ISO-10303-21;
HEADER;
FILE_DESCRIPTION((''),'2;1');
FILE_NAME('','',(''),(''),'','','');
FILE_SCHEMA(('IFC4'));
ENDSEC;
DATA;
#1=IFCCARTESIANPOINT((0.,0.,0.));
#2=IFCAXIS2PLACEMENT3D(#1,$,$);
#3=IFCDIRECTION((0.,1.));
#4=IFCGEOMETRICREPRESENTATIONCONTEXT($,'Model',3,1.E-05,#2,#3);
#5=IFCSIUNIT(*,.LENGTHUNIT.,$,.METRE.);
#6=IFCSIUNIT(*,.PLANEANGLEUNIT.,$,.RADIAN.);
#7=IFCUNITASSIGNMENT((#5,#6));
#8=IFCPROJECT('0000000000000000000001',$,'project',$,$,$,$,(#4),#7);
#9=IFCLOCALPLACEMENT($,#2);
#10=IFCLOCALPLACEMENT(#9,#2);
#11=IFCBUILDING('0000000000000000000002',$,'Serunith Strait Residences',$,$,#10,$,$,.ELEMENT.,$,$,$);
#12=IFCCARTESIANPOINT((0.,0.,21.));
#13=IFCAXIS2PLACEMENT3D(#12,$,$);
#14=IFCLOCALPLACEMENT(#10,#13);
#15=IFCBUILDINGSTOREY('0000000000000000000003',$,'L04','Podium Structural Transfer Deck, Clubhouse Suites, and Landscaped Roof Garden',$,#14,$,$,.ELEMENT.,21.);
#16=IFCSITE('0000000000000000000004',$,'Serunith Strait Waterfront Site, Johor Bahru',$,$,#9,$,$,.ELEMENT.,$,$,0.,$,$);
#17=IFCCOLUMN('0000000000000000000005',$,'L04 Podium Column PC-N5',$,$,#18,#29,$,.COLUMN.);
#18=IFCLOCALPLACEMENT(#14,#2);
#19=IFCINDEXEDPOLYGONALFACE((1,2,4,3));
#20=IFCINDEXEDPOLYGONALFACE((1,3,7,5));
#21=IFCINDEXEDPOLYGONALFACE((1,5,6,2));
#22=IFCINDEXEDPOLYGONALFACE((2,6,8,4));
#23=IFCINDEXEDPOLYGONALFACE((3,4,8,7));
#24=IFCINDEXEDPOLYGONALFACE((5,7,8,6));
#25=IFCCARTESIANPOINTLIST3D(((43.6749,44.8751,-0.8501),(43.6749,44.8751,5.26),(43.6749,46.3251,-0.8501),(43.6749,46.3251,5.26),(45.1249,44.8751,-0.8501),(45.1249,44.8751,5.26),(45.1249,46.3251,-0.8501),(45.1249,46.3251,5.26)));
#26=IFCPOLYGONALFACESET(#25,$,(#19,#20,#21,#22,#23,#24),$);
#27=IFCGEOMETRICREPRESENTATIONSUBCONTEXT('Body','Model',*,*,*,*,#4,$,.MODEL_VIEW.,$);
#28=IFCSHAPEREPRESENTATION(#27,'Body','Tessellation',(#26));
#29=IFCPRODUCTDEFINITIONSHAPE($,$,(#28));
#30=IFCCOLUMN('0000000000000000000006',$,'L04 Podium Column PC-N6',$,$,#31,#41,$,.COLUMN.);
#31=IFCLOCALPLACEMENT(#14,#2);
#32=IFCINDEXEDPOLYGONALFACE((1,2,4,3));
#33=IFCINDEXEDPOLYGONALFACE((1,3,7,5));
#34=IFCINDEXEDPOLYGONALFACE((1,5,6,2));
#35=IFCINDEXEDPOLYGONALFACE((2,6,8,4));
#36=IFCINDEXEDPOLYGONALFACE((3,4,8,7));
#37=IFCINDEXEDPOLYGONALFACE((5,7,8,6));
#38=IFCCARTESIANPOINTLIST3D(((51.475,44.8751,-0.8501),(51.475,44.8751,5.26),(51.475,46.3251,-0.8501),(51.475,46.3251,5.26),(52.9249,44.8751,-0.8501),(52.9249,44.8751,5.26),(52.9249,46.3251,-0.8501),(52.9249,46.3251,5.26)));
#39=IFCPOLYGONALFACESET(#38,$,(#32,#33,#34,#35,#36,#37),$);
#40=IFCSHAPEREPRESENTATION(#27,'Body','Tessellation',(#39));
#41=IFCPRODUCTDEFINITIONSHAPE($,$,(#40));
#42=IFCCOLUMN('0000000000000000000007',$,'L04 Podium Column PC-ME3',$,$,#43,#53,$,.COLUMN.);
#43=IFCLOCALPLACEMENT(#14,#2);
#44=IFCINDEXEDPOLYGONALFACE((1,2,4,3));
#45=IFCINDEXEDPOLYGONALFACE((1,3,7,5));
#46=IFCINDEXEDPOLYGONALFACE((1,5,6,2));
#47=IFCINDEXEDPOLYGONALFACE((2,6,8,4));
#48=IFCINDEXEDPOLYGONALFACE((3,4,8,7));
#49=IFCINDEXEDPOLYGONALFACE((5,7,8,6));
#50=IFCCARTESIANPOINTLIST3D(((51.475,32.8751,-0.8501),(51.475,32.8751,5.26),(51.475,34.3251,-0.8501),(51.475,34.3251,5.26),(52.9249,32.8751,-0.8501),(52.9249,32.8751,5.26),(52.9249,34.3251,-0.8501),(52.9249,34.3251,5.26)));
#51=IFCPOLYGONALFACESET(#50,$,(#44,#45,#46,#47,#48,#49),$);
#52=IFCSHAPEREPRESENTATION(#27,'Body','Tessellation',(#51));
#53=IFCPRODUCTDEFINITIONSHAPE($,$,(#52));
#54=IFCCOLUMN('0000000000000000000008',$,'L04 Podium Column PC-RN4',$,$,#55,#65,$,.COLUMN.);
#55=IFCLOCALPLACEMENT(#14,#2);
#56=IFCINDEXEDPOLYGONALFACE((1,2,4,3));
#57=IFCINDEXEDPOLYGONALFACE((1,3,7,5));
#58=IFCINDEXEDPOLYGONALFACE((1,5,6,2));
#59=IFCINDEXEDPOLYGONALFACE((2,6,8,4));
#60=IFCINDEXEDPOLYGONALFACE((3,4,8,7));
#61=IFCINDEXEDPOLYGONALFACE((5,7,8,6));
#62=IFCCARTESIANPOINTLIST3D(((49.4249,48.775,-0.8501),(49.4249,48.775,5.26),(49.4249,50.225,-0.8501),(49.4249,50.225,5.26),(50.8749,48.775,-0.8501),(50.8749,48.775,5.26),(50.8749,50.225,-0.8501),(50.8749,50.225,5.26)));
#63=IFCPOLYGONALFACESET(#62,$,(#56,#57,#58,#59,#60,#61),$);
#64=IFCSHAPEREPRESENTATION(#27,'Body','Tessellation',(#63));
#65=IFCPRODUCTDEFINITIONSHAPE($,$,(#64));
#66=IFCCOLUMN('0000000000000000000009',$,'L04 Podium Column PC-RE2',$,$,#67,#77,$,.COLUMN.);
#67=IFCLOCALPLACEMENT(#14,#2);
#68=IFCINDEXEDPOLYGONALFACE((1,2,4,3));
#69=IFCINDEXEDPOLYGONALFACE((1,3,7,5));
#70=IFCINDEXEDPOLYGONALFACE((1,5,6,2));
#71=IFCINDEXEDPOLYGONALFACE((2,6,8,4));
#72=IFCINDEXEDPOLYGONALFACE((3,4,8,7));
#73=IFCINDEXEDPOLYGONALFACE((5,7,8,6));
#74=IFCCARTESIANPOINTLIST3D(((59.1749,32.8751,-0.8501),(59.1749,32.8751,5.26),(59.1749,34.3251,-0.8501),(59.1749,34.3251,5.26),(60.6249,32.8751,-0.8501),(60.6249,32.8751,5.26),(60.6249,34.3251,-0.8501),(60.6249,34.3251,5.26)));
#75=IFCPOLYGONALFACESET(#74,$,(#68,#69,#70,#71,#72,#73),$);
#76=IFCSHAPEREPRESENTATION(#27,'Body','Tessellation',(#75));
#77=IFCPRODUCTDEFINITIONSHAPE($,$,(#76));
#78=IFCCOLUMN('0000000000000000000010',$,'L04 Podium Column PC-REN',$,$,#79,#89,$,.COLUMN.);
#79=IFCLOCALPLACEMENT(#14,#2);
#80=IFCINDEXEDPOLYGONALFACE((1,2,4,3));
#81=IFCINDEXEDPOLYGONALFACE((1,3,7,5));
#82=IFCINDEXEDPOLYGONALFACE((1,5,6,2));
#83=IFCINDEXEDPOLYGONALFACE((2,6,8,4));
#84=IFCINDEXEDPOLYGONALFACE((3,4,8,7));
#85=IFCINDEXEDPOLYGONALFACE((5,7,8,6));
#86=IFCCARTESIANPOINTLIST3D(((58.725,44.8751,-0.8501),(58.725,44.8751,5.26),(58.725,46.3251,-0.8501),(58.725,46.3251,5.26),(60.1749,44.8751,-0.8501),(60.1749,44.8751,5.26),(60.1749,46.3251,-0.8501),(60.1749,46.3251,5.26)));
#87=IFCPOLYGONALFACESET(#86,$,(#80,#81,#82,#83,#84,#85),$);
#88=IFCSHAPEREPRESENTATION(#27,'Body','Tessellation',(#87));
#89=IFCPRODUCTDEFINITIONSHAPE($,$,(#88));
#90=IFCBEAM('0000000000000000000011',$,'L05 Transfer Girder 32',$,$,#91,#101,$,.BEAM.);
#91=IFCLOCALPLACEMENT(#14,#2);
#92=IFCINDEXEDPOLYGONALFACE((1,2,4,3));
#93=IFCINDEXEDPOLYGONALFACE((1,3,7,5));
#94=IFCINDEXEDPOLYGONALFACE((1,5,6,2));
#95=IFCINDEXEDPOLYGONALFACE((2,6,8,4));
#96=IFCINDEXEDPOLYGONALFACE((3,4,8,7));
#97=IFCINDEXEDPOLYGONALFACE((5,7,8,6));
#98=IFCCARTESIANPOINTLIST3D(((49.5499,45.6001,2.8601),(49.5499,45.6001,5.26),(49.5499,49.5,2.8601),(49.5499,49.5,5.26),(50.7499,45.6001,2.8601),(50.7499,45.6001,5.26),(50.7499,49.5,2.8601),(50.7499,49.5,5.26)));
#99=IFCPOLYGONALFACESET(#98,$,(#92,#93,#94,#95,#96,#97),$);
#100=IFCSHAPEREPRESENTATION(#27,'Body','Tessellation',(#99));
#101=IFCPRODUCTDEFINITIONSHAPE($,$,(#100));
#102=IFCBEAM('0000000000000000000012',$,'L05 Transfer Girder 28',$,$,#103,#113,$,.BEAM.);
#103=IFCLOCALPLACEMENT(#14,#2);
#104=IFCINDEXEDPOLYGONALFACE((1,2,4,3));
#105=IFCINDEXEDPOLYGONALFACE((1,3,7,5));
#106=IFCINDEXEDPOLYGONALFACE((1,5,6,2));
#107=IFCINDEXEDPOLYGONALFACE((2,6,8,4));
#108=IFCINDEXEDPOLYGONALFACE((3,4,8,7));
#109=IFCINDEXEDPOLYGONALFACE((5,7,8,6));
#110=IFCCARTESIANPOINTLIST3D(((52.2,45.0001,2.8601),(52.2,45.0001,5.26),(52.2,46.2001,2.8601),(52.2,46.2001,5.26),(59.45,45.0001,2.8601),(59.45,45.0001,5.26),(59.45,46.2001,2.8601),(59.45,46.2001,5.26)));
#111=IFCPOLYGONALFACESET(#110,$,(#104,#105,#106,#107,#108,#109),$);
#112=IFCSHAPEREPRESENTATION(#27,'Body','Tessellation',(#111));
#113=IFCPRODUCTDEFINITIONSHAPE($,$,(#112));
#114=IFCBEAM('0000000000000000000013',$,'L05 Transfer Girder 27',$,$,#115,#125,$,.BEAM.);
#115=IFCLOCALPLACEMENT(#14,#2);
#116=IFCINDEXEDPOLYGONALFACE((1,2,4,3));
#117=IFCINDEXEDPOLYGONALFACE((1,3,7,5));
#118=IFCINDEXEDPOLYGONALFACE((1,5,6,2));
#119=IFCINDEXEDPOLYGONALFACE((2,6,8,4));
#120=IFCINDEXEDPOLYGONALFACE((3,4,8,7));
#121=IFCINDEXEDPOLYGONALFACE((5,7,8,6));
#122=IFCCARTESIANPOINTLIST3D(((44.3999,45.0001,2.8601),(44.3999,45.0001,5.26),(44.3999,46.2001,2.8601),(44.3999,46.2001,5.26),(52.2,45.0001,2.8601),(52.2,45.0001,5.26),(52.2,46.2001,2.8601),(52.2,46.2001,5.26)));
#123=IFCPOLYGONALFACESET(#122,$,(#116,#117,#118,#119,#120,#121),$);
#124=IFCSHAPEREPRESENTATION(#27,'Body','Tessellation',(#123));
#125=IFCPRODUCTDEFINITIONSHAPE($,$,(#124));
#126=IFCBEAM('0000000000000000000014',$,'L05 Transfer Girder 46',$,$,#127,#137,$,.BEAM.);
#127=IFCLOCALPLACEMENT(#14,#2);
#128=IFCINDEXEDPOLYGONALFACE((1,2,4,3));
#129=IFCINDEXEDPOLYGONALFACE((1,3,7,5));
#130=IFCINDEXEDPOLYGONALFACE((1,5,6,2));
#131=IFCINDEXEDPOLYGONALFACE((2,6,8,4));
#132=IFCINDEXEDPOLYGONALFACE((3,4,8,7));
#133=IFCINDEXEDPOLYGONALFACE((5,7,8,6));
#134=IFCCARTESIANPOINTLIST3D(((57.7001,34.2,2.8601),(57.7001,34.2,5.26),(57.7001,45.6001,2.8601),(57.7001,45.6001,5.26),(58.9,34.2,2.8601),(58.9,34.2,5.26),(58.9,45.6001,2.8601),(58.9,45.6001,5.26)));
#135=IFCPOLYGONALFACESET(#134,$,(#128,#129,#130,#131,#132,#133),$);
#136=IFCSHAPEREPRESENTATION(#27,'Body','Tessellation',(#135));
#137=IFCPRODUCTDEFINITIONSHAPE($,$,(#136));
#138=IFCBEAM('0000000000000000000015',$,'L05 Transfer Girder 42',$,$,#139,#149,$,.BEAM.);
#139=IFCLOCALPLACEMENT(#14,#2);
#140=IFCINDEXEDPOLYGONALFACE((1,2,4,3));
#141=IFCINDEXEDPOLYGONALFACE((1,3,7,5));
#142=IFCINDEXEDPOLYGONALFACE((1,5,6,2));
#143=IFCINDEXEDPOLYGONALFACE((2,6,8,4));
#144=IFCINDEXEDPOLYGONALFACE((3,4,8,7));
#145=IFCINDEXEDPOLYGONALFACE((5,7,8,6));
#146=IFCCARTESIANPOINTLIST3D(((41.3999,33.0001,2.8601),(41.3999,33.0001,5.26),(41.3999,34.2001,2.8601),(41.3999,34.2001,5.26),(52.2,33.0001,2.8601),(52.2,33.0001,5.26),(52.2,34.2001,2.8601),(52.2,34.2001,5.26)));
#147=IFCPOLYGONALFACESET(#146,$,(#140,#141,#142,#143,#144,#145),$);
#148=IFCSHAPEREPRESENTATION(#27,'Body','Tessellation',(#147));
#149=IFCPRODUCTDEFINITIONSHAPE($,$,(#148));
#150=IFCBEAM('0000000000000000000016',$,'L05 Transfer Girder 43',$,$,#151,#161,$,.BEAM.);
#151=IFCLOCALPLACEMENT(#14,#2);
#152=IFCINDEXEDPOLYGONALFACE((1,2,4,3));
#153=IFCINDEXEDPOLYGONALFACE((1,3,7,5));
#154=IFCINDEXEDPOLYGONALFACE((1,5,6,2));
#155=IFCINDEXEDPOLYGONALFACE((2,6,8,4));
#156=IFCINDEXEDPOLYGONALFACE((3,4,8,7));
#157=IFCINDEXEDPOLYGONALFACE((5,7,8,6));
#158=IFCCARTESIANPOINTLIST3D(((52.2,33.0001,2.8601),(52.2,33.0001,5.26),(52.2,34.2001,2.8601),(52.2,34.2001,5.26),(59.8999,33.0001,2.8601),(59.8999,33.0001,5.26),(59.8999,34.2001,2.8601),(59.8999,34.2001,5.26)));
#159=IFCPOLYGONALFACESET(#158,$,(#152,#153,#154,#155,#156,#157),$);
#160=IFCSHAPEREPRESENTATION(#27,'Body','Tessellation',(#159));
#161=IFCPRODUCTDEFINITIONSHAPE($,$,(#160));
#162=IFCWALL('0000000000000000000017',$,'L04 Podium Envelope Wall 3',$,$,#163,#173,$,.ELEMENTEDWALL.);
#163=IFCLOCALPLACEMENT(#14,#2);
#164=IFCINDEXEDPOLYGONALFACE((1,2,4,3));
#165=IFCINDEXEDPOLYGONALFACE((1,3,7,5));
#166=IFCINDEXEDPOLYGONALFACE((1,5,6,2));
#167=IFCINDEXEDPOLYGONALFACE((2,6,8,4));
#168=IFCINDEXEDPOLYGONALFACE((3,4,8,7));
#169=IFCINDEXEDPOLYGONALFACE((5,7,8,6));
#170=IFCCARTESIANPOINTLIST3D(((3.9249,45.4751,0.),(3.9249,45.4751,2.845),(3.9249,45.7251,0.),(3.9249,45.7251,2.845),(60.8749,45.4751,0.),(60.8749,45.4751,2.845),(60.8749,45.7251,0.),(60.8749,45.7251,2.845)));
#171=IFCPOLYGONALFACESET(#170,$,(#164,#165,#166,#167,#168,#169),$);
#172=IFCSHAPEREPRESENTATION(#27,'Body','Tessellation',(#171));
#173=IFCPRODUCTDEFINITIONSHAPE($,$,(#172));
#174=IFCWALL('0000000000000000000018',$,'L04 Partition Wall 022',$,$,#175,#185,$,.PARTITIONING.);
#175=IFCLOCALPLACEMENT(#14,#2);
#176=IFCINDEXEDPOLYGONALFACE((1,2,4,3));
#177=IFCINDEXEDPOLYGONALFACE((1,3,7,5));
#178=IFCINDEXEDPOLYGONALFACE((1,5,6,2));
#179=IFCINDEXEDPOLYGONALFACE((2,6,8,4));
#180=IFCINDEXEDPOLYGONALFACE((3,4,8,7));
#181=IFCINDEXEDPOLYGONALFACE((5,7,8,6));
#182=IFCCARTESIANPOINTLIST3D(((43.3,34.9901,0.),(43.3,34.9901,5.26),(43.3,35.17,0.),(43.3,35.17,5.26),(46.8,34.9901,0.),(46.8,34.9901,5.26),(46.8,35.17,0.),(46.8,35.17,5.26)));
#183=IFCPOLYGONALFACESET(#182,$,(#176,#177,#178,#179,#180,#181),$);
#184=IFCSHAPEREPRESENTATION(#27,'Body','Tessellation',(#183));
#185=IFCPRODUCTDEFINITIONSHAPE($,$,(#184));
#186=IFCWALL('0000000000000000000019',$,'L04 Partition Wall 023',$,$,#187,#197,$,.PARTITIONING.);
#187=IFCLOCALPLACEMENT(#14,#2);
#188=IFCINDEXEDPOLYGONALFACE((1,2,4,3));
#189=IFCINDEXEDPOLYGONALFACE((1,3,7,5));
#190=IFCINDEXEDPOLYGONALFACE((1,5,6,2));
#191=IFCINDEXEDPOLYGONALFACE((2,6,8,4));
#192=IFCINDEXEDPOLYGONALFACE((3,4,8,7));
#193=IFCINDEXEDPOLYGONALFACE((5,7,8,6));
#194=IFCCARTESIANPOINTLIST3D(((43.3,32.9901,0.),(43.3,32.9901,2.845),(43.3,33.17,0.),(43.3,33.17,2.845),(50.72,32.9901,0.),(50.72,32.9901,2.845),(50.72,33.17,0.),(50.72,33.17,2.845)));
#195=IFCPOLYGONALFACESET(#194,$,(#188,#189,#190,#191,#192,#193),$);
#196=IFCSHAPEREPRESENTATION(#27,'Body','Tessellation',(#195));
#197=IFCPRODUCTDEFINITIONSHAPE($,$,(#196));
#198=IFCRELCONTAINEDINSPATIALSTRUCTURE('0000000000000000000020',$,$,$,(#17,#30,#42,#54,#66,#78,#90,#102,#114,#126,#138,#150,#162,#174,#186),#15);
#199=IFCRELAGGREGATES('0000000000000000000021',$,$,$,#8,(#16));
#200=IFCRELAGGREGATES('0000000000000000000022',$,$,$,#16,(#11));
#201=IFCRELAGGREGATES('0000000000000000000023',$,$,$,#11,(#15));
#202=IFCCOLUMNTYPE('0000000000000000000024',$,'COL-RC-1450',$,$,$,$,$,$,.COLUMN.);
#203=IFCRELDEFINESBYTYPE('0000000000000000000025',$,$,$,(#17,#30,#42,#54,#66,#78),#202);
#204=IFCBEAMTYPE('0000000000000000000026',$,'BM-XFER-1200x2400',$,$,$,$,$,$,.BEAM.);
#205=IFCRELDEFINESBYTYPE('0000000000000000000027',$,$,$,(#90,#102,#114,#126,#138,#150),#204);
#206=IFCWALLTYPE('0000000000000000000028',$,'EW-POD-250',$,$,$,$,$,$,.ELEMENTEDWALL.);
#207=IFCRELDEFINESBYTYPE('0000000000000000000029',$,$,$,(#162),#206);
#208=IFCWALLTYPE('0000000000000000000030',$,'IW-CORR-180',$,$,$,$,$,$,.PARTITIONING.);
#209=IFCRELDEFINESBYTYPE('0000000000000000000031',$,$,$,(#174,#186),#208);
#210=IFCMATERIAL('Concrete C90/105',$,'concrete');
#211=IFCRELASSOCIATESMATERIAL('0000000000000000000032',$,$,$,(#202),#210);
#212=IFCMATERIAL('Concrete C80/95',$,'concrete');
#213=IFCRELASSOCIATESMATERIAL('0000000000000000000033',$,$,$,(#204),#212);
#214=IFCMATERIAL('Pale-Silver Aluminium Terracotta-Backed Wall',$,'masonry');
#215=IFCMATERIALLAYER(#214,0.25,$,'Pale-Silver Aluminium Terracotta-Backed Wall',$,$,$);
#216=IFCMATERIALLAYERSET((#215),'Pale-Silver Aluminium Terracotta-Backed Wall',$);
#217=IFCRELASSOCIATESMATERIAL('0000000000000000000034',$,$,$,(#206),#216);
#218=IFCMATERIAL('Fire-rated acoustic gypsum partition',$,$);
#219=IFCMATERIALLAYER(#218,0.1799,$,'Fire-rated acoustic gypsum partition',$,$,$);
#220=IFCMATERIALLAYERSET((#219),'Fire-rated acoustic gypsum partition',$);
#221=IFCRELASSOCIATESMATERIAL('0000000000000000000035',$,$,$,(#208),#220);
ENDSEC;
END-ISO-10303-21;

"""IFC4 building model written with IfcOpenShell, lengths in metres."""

from ifc_helpers import new_model, si_unit, direction, frame, frame_2d, origin, origin_2d, place, context, subcontext, project, spatial, rectangle, extrude, source, transform, mapped, material, layer, layer_set, material_profile, profile_set, type_object, element, save


model = new_model("IFC4")

# Units and contexts
model_context = context("Model", 3, precision=1e-05, world=origin(), true_north=direction((0.0, 1.0)))
body_context = subcontext(model_context, "Body", "Model", "MODEL_VIEW")
ifc_project = project(units=[si_unit("LENGTHUNIT", "METRE"), si_unit("PLANEANGLEUNIT", "RADIAN")], contexts=[model_context])

# Site, building, storey
site_placement = place(None, origin())
site = spatial("IfcSite", under=ifc_project, at=site_placement, Name="Serunith Strait Waterfront Site, Johor Bahru", CompositionType="ELEMENT", RefElevation=0.0)
building_placement = place(site_placement, origin())
building = spatial("IfcBuilding", under=site, at=building_placement, Name="Serunith Strait Residences", CompositionType="ELEMENT")
storey_placement = place(building_placement, frame((0.0, 0.0, 21.0)))
storey = spatial("IfcBuildingStorey", under=building, at=storey_placement, Name="L04", Description="Podium Structural Transfer Deck, Clubhouse Suites, and Landscaped Roof Garden", CompositionType="ELEMENT", Elevation=21.0)

# Columns
ifc_material_1 = material(Name="Concrete C90/105", Category="concrete")
ifc_material_profile_1 = material_profile(ifc_material_1, rectangle(XDim=1.45, YDim=1.45, at=origin_2d()), Name="RC 1450x1450")
ifc_profile_set_1 = profile_set([ifc_material_profile_1], Name="Concrete C90/105")
column_type = type_object("IfcColumnType", Name="COL-RC-1450", PredefinedType="COLUMN", material=ifc_profile_set_1)
shared_shape_1 = source(origin(), body_context, "Body", "SweptSolid", [
    extrude(rectangle(XDim=1.45, YDim=1.45, at=origin_2d()), origin(), (0.0, 0.0, 1.0), 6.1101),
])
for number, where, z_axis, x_axis, name in (
    (1, (44.3999, 45.6001, -0.8501), (0.0, 0.0, 1.0), (1.0, 0.0, 0.0), "L04 Podium Column PC-N5"),
    (2, (52.2, 45.6001, -0.8501), (0.0, 0.0, 1.0), (1.0, 0.0, 0.0), "L04 Podium Column PC-N6"),
    (3, (52.2, 33.6001, -0.8501), (0.0, 0.0, 1.0), (1.0, 0.0, 0.0), "L04 Podium Column PC-ME3"),
    (4, (50.1499, 49.5, -0.8501), (0.0, 0.0, 1.0), (1.0, 0.0, 0.0), "L04 Podium Column PC-RN4"),
    (5, (59.8999, 33.6001, -0.8501), (0.0, 0.0, 1.0), (1.0, 0.0, 0.0), "L04 Podium Column PC-RE2"),
    (6, (59.45, 45.6001, -0.8501), (0.0, 0.0, 1.0), (1.0, 0.0, 0.0), "L04 Podium Column PC-REN"),
):
    element("IfcColumn", number, at=place(storey_placement, frame(where, z_axis=z_axis, x_axis=x_axis)), inside=storey, type_object=column_type, Name=name, PredefinedType="COLUMN", context=body_context, shape_type="MappedRepresentation", body=[
        mapped(shared_shape_1, transform((0.0, 0.0, 0.0), scale=1.0)),
    ])

# Beams
ifc_material_2 = material(Name="Concrete C80/95", Category="concrete")
ifc_material_profile_2 = material_profile(ifc_material_2, rectangle(XDim=1.2, YDim=2.3999, at=origin_2d()), Name="RC 1200x2400")
ifc_profile_set_2 = profile_set([ifc_material_profile_2], Name="Concrete C80/95")
beam_type = type_object("IfcBeamType", Name="BM-XFER-1200x2400", PredefinedType="BEAM", material=ifc_profile_set_2)
shared_shape_2 = source(origin(), body_context, "Body", "SweptSolid", [
    extrude(rectangle(XDim=1.2, YDim=2.3999, at=origin_2d()), origin(), (0.0, 0.0, 1.0), 3.8999),
])
beam_1_placement = place(storey_placement, frame((50.1499, 45.6001, 4.0601), z_axis=(0.0, 1.0, 0.0), x_axis=(-1.0, 0.0, 0.0)))
element("IfcBeam", 7, at=beam_1_placement, inside=storey, type_object=beam_type, Name="L05 Transfer Girder 32", PredefinedType="BEAM", context=body_context, shape_type="MappedRepresentation", body=[
    mapped(shared_shape_2, transform((0.0, 0.0, 0.0), scale=1.0)),
])
shared_shape_3 = source(origin(), body_context, "Body", "SweptSolid", [
    extrude(rectangle(XDim=1.2, YDim=2.3999, at=origin_2d()), origin(), (0.0, 0.0, 1.0), 7.25),
])
beam_2_placement = place(storey_placement, frame((52.2, 45.6001, 4.0601), z_axis=(1.0, 0.0, 0.0), x_axis=(0.0, 1.0, 0.0)))
element("IfcBeam", 8, at=beam_2_placement, inside=storey, type_object=beam_type, Name="L05 Transfer Girder 28", PredefinedType="BEAM", context=body_context, shape_type="MappedRepresentation", body=[
    mapped(shared_shape_3, transform((0.0, 0.0, 0.0), scale=1.0)),
])
shared_shape_4 = source(origin(), body_context, "Body", "SweptSolid", [
    extrude(rectangle(XDim=1.2, YDim=2.3999, at=origin_2d()), origin(), (0.0, 0.0, 1.0), 7.8),
])
beam_3_placement = place(storey_placement, frame((44.3999, 45.6001, 4.0601), z_axis=(1.0, 0.0, 0.0), x_axis=(0.0, 1.0, 0.0)))
element("IfcBeam", 9, at=beam_3_placement, inside=storey, type_object=beam_type, Name="L05 Transfer Girder 27", PredefinedType="BEAM", context=body_context, shape_type="MappedRepresentation", body=[
    mapped(shared_shape_4, transform((0.0, 0.0, 0.0), scale=1.0)),
])
shared_shape_5 = source(origin(), body_context, "Body", "SweptSolid", [
    extrude(rectangle(XDim=1.2, YDim=2.3999, at=origin_2d()), origin(), (0.0, 0.0, 1.0), 11.4001),
])
beam_4_placement = place(storey_placement, frame((58.3, 34.2, 4.0601), z_axis=(0.0, 1.0, 0.0), x_axis=(-1.0, 0.0, 0.0)))
element("IfcBeam", 10, at=beam_4_placement, inside=storey, type_object=beam_type, Name="L05 Transfer Girder 46", PredefinedType="BEAM", context=body_context, shape_type="MappedRepresentation", body=[
    mapped(shared_shape_5, transform((0.0, 0.0, 0.0), scale=1.0)),
])
shared_shape_6 = source(origin(), body_context, "Body", "SweptSolid", [
    extrude(rectangle(XDim=1.2, YDim=2.3999, at=origin_2d()), origin(), (0.0, 0.0, 1.0), 10.8),
])
beam_5_placement = place(storey_placement, frame((41.3999, 33.6001, 4.0601), z_axis=(1.0, 0.0, 0.0), x_axis=(0.0, 1.0, 0.0)))
element("IfcBeam", 11, at=beam_5_placement, inside=storey, type_object=beam_type, Name="L05 Transfer Girder 42", PredefinedType="BEAM", context=body_context, shape_type="MappedRepresentation", body=[
    mapped(shared_shape_6, transform((0.0, 0.0, 0.0), scale=1.0)),
])
shared_shape_7 = source(origin(), body_context, "Body", "SweptSolid", [
    extrude(rectangle(XDim=1.2, YDim=2.3999, at=origin_2d()), origin(), (0.0, 0.0, 1.0), 7.7),
])
beam_6_placement = place(storey_placement, frame((52.2, 33.6001, 4.0601), z_axis=(1.0, 0.0, 0.0), x_axis=(0.0, 1.0, 0.0)))
element("IfcBeam", 12, at=beam_6_placement, inside=storey, type_object=beam_type, Name="L05 Transfer Girder 43", PredefinedType="BEAM", context=body_context, shape_type="MappedRepresentation", body=[
    mapped(shared_shape_7, transform((0.0, 0.0, 0.0), scale=1.0)),
])

# Walls
ifc_material_3 = material(Name="Pale-Silver Aluminium Terracotta-Backed Wall", Category="masonry")
ifc_layer_1 = layer(ifc_material_3, 0.25, Name="Pale-Silver Aluminium Terracotta-Backed Wall")
ifc_layer_set_1 = layer_set([ifc_layer_1], Name="Pale-Silver Aluminium Terracotta-Backed Wall")
wall_type_1 = type_object("IfcWallType", Name="EW-POD-250", PredefinedType="ELEMENTEDWALL", material=ifc_layer_set_1)
wall_1_placement = place(storey_placement, frame((60.875, 45.6001, 0.0), z_axis=(0.0, 0.0, 1.0), x_axis=(-1.0, 0.0, 0.0)))
element("IfcWall", 13, at=wall_1_placement, inside=storey, type_object=wall_type_1, Name="L04 Podium Envelope Wall 3", PredefinedType="ELEMENTEDWALL", context=body_context, shape_type="SweptSolid", body=[
    extrude(rectangle(XDim=56.95, YDim=0.25, at=frame_2d((28.4751, 0.0))), origin(), (0.0, 0.0, 1.0), 2.845),
])
ifc_material_4 = material(Name="Fire-rated acoustic gypsum partition")
ifc_layer_2 = layer(ifc_material_4, 0.1799, Name="Fire-rated acoustic gypsum partition")
ifc_layer_set_2 = layer_set([ifc_layer_2], Name="Fire-rated acoustic gypsum partition")
wall_type_2 = type_object("IfcWallType", Name="IW-CORR-180", PredefinedType="PARTITIONING", material=ifc_layer_set_2)
wall_2_placement = place(storey_placement, frame((43.3, 35.0801, 0.0), z_axis=(0.0, 0.0, 1.0), x_axis=(1.0, 0.0, 0.0)))
element("IfcWall", 14, at=wall_2_placement, inside=storey, type_object=wall_type_2, Name="L04 Partition Wall 022", PredefinedType="PARTITIONING", context=body_context, shape_type="SweptSolid", body=[
    extrude(rectangle(XDim=3.5, YDim=0.1799, at=frame_2d((1.75, 0.0))), origin(), (0.0, 0.0, 1.0), 5.26),
])
wall_3_placement = place(storey_placement, frame((43.3, 33.0801, 0.0), z_axis=(0.0, 0.0, 1.0), x_axis=(1.0, 0.0, 0.0)))
element("IfcWall", 15, at=wall_3_placement, inside=storey, type_object=wall_type_2, Name="L04 Partition Wall 023", PredefinedType="PARTITIONING", context=body_context, shape_type="SweptSolid", body=[
    extrude(rectangle(XDim=7.4199, YDim=0.1799, at=frame_2d((3.71, 0.0))), origin(), (0.0, 0.0, 1.0), 2.845),
])

save(model, "model.ifc")
